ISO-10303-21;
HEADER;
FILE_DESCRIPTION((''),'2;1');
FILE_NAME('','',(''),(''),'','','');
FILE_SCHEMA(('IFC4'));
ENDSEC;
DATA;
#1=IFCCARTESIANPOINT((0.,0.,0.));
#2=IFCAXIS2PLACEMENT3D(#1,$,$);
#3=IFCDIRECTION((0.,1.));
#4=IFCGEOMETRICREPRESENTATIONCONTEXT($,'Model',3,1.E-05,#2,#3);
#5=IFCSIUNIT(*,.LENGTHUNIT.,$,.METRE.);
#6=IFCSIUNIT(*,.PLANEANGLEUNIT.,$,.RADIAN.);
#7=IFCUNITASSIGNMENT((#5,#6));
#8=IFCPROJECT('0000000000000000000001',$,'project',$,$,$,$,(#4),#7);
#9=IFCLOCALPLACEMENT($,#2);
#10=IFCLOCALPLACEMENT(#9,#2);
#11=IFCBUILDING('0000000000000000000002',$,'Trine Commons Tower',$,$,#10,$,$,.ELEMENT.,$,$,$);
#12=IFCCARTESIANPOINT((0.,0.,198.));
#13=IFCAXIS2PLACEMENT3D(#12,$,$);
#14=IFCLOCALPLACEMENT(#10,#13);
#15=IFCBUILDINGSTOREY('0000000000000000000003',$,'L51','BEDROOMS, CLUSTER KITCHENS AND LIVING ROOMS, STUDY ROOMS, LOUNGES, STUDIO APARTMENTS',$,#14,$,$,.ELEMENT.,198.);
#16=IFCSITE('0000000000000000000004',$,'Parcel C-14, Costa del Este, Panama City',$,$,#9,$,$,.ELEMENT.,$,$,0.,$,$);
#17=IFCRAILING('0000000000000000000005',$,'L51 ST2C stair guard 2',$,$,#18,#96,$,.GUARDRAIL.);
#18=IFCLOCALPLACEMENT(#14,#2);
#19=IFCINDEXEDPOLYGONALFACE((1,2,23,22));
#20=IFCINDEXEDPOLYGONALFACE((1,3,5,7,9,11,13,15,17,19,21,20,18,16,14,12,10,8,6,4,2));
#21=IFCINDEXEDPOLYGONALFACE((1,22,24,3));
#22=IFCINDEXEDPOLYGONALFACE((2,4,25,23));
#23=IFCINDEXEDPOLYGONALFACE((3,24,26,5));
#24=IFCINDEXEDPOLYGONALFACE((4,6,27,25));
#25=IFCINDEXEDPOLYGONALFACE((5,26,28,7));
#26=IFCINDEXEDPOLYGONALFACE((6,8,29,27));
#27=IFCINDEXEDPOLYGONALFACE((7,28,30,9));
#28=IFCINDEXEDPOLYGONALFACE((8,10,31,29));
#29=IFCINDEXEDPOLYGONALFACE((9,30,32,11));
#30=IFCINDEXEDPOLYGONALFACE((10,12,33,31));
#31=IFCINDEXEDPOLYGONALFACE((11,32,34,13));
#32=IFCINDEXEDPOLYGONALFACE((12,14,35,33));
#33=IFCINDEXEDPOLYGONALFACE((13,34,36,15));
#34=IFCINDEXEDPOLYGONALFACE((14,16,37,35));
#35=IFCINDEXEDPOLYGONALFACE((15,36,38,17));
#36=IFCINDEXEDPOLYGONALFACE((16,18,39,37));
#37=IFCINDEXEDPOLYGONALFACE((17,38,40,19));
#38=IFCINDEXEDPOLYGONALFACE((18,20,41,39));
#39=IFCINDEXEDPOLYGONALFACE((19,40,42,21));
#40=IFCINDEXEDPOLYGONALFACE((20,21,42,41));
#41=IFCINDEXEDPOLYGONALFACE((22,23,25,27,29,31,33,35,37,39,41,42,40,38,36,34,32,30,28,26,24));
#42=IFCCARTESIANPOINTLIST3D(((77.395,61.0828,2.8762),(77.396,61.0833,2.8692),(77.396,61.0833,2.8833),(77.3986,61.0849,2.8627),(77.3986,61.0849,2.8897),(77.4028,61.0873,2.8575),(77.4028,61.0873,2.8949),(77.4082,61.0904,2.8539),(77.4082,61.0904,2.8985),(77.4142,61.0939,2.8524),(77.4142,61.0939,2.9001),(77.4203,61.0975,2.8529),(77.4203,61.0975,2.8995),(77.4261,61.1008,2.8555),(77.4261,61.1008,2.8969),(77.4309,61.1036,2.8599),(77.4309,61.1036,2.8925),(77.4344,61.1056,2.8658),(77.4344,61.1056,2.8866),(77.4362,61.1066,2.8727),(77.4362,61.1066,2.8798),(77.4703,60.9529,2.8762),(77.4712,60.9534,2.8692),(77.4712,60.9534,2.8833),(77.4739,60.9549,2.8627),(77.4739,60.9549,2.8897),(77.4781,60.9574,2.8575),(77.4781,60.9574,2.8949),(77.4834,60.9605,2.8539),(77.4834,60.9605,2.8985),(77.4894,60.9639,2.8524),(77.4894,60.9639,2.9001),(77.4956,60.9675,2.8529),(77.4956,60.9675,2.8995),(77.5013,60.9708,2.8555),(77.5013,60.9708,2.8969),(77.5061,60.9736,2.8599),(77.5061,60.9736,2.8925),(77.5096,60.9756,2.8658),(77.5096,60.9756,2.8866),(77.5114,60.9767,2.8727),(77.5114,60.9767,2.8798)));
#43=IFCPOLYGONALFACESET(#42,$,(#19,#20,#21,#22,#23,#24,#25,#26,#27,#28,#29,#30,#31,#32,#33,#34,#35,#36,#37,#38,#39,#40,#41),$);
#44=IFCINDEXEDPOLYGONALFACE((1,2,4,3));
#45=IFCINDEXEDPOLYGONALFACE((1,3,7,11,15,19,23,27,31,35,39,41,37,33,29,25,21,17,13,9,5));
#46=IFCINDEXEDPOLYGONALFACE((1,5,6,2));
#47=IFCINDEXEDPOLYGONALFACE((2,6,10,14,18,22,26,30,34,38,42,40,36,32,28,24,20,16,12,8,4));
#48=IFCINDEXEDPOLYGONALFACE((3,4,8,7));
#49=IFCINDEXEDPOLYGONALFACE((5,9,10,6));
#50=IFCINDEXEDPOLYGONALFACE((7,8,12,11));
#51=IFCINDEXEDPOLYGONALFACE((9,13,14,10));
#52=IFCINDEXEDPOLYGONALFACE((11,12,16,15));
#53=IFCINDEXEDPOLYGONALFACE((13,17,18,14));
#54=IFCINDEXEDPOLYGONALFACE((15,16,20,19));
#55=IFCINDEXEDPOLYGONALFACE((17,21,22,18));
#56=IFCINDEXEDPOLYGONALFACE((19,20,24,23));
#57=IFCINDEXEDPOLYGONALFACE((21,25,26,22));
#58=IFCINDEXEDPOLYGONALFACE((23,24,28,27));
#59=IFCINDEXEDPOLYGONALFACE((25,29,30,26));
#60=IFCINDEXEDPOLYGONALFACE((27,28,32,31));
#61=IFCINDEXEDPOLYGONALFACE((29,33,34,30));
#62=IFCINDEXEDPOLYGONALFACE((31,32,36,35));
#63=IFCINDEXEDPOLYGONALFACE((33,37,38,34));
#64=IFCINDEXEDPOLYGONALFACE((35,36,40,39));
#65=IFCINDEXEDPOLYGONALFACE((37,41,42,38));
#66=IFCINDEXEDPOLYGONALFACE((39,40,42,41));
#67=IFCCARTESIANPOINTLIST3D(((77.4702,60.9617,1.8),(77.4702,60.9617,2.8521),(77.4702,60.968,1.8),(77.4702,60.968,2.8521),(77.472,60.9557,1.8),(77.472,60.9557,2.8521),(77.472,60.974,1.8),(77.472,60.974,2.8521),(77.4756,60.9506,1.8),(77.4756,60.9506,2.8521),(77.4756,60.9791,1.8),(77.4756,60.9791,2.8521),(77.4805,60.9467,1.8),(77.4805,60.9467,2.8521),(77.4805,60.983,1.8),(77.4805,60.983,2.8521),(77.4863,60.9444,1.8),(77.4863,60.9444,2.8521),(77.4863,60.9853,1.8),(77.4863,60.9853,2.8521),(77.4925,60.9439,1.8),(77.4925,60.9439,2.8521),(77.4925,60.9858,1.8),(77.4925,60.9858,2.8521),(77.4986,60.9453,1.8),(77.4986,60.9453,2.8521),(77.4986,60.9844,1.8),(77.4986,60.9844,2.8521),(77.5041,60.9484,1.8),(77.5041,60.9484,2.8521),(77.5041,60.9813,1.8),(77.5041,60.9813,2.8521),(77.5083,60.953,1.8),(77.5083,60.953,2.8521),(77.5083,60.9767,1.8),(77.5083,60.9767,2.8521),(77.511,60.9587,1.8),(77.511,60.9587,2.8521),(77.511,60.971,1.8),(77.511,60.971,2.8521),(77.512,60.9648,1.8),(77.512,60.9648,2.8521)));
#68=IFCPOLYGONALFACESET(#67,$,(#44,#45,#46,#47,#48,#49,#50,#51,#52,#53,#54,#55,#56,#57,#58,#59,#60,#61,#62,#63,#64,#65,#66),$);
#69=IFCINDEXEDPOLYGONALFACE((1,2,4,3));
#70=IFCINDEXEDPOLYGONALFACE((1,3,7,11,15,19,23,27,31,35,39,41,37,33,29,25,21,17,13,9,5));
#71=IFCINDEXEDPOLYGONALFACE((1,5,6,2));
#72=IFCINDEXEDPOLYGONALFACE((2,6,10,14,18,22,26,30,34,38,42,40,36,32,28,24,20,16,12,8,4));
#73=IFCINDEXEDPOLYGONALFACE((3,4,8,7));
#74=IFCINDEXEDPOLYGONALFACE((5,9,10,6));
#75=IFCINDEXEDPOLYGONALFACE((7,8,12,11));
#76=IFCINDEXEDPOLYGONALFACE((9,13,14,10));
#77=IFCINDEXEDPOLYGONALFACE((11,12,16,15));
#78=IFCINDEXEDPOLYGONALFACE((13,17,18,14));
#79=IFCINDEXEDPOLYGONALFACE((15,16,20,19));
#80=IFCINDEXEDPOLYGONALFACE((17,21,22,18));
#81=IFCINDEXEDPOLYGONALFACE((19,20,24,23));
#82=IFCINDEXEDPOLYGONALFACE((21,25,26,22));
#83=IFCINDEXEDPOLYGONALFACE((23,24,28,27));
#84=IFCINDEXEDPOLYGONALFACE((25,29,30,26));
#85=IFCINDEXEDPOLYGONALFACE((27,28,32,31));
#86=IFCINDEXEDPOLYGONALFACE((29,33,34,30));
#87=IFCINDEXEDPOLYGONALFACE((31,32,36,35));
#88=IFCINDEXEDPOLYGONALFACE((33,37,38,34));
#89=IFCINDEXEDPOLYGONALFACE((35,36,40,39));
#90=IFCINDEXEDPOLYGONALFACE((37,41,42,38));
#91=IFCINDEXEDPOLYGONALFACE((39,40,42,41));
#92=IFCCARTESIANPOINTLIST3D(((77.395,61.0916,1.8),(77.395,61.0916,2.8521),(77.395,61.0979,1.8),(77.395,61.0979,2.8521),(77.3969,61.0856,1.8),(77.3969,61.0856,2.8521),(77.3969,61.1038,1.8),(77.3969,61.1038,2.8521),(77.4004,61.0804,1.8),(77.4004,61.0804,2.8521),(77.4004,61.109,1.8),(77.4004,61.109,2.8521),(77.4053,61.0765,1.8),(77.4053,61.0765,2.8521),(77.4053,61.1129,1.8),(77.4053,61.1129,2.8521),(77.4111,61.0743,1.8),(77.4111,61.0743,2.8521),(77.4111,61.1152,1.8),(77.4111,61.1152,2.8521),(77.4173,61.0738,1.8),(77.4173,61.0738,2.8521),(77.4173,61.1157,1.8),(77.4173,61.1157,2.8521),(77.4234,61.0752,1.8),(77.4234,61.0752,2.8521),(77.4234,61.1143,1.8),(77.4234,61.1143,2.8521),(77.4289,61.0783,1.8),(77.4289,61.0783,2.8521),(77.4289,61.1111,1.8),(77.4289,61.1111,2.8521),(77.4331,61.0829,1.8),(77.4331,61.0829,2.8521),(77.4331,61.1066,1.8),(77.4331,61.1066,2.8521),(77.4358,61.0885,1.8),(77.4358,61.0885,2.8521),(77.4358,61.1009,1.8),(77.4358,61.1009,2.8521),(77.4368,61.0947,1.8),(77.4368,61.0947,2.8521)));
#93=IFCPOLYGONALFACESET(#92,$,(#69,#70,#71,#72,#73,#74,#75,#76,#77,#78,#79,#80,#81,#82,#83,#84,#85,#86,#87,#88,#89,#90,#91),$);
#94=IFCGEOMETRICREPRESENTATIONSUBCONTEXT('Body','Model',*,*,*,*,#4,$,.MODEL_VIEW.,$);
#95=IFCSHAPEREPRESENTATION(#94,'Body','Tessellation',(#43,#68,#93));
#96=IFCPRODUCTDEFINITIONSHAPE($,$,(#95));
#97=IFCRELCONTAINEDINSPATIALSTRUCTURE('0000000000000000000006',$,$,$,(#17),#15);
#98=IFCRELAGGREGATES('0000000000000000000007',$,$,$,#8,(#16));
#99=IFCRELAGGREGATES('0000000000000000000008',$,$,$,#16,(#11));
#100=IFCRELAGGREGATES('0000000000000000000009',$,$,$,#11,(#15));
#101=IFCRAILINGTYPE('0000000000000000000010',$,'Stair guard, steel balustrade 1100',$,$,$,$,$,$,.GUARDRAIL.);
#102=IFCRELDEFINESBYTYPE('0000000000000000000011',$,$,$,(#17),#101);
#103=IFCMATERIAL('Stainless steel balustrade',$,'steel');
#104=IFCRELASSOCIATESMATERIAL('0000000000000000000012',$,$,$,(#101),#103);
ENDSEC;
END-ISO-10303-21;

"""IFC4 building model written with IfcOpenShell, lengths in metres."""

from ifc_helpers import new_model, si_unit, direction, frame, origin, origin_2d, place, context, subcontext, project, spatial, circle, extrude, material, type_object, element, save


model = new_model("IFC4")

# Units and contexts
model_context = context("Model", 3, precision=1e-05, world=origin(), true_north=direction((0.0, 1.0)))
body_context = subcontext(model_context, "Body", "Model", "MODEL_VIEW")
ifc_project = project(units=[si_unit("LENGTHUNIT", "METRE"), si_unit("PLANEANGLEUNIT", "RADIAN")], contexts=[model_context])

# Site, building, storey
site_placement = place(None, origin())
site = spatial("IfcSite", under=ifc_project, at=site_placement, Name="Parcel C-14, Costa del Este, Panama City", CompositionType="ELEMENT", RefElevation=0.0)
building_placement = place(site_placement, origin())
building = spatial("IfcBuilding", under=site, at=building_placement, Name="Trine Commons Tower", CompositionType="ELEMENT")
storey_placement = place(building_placement, frame((0.0, 0.0, 198.0)))
storey = spatial("IfcBuildingStorey", under=building, at=storey_placement, Name="L51", Description="BEDROOMS, CLUSTER KITCHENS AND LIVING ROOMS, STUDY ROOMS, LOUNGES, STUDIO APARTMENTS", CompositionType="ELEMENT", Elevation=198.0)

# Railing
ifc_material_1 = material(Name="Stainless steel balustrade", Category="steel")
railing_type_1 = type_object("IfcRailingType", Name="Stair guard, steel balustrade 1100", PredefinedType="GUARDRAIL", material=ifc_material_1)
railing_1_placement = place(storey_placement, frame((77.491, 60.9648, 1.8)))
element("IfcRailing", 1, at=railing_1_placement, inside=storey, type_object=railing_type_1, Name="L51 ST2C stair guard 2", PredefinedType="GUARDRAIL", context=body_context, shape_type="SweptSolid", body=[
    extrude(circle(Radius=0.0239, at=origin_2d()), frame((0.0, 0.0, 1.0762), z_axis=(-0.501036, 0.865426, 0.0), x_axis=(-0.865426, -0.501036, 0.0)), (0.0, 0.0, 1.0), 0.1501),
    extrude(circle(Radius=0.021, at=origin_2d()), origin(), (0.0, 0.0, 1.0), 1.052),
    extrude(circle(Radius=0.021, at=origin_2d()), frame((-0.0752, 0.1299, 0.0)), (0.0, 0.0, 1.0), 1.052),
])

save(model, "model.ifc")
